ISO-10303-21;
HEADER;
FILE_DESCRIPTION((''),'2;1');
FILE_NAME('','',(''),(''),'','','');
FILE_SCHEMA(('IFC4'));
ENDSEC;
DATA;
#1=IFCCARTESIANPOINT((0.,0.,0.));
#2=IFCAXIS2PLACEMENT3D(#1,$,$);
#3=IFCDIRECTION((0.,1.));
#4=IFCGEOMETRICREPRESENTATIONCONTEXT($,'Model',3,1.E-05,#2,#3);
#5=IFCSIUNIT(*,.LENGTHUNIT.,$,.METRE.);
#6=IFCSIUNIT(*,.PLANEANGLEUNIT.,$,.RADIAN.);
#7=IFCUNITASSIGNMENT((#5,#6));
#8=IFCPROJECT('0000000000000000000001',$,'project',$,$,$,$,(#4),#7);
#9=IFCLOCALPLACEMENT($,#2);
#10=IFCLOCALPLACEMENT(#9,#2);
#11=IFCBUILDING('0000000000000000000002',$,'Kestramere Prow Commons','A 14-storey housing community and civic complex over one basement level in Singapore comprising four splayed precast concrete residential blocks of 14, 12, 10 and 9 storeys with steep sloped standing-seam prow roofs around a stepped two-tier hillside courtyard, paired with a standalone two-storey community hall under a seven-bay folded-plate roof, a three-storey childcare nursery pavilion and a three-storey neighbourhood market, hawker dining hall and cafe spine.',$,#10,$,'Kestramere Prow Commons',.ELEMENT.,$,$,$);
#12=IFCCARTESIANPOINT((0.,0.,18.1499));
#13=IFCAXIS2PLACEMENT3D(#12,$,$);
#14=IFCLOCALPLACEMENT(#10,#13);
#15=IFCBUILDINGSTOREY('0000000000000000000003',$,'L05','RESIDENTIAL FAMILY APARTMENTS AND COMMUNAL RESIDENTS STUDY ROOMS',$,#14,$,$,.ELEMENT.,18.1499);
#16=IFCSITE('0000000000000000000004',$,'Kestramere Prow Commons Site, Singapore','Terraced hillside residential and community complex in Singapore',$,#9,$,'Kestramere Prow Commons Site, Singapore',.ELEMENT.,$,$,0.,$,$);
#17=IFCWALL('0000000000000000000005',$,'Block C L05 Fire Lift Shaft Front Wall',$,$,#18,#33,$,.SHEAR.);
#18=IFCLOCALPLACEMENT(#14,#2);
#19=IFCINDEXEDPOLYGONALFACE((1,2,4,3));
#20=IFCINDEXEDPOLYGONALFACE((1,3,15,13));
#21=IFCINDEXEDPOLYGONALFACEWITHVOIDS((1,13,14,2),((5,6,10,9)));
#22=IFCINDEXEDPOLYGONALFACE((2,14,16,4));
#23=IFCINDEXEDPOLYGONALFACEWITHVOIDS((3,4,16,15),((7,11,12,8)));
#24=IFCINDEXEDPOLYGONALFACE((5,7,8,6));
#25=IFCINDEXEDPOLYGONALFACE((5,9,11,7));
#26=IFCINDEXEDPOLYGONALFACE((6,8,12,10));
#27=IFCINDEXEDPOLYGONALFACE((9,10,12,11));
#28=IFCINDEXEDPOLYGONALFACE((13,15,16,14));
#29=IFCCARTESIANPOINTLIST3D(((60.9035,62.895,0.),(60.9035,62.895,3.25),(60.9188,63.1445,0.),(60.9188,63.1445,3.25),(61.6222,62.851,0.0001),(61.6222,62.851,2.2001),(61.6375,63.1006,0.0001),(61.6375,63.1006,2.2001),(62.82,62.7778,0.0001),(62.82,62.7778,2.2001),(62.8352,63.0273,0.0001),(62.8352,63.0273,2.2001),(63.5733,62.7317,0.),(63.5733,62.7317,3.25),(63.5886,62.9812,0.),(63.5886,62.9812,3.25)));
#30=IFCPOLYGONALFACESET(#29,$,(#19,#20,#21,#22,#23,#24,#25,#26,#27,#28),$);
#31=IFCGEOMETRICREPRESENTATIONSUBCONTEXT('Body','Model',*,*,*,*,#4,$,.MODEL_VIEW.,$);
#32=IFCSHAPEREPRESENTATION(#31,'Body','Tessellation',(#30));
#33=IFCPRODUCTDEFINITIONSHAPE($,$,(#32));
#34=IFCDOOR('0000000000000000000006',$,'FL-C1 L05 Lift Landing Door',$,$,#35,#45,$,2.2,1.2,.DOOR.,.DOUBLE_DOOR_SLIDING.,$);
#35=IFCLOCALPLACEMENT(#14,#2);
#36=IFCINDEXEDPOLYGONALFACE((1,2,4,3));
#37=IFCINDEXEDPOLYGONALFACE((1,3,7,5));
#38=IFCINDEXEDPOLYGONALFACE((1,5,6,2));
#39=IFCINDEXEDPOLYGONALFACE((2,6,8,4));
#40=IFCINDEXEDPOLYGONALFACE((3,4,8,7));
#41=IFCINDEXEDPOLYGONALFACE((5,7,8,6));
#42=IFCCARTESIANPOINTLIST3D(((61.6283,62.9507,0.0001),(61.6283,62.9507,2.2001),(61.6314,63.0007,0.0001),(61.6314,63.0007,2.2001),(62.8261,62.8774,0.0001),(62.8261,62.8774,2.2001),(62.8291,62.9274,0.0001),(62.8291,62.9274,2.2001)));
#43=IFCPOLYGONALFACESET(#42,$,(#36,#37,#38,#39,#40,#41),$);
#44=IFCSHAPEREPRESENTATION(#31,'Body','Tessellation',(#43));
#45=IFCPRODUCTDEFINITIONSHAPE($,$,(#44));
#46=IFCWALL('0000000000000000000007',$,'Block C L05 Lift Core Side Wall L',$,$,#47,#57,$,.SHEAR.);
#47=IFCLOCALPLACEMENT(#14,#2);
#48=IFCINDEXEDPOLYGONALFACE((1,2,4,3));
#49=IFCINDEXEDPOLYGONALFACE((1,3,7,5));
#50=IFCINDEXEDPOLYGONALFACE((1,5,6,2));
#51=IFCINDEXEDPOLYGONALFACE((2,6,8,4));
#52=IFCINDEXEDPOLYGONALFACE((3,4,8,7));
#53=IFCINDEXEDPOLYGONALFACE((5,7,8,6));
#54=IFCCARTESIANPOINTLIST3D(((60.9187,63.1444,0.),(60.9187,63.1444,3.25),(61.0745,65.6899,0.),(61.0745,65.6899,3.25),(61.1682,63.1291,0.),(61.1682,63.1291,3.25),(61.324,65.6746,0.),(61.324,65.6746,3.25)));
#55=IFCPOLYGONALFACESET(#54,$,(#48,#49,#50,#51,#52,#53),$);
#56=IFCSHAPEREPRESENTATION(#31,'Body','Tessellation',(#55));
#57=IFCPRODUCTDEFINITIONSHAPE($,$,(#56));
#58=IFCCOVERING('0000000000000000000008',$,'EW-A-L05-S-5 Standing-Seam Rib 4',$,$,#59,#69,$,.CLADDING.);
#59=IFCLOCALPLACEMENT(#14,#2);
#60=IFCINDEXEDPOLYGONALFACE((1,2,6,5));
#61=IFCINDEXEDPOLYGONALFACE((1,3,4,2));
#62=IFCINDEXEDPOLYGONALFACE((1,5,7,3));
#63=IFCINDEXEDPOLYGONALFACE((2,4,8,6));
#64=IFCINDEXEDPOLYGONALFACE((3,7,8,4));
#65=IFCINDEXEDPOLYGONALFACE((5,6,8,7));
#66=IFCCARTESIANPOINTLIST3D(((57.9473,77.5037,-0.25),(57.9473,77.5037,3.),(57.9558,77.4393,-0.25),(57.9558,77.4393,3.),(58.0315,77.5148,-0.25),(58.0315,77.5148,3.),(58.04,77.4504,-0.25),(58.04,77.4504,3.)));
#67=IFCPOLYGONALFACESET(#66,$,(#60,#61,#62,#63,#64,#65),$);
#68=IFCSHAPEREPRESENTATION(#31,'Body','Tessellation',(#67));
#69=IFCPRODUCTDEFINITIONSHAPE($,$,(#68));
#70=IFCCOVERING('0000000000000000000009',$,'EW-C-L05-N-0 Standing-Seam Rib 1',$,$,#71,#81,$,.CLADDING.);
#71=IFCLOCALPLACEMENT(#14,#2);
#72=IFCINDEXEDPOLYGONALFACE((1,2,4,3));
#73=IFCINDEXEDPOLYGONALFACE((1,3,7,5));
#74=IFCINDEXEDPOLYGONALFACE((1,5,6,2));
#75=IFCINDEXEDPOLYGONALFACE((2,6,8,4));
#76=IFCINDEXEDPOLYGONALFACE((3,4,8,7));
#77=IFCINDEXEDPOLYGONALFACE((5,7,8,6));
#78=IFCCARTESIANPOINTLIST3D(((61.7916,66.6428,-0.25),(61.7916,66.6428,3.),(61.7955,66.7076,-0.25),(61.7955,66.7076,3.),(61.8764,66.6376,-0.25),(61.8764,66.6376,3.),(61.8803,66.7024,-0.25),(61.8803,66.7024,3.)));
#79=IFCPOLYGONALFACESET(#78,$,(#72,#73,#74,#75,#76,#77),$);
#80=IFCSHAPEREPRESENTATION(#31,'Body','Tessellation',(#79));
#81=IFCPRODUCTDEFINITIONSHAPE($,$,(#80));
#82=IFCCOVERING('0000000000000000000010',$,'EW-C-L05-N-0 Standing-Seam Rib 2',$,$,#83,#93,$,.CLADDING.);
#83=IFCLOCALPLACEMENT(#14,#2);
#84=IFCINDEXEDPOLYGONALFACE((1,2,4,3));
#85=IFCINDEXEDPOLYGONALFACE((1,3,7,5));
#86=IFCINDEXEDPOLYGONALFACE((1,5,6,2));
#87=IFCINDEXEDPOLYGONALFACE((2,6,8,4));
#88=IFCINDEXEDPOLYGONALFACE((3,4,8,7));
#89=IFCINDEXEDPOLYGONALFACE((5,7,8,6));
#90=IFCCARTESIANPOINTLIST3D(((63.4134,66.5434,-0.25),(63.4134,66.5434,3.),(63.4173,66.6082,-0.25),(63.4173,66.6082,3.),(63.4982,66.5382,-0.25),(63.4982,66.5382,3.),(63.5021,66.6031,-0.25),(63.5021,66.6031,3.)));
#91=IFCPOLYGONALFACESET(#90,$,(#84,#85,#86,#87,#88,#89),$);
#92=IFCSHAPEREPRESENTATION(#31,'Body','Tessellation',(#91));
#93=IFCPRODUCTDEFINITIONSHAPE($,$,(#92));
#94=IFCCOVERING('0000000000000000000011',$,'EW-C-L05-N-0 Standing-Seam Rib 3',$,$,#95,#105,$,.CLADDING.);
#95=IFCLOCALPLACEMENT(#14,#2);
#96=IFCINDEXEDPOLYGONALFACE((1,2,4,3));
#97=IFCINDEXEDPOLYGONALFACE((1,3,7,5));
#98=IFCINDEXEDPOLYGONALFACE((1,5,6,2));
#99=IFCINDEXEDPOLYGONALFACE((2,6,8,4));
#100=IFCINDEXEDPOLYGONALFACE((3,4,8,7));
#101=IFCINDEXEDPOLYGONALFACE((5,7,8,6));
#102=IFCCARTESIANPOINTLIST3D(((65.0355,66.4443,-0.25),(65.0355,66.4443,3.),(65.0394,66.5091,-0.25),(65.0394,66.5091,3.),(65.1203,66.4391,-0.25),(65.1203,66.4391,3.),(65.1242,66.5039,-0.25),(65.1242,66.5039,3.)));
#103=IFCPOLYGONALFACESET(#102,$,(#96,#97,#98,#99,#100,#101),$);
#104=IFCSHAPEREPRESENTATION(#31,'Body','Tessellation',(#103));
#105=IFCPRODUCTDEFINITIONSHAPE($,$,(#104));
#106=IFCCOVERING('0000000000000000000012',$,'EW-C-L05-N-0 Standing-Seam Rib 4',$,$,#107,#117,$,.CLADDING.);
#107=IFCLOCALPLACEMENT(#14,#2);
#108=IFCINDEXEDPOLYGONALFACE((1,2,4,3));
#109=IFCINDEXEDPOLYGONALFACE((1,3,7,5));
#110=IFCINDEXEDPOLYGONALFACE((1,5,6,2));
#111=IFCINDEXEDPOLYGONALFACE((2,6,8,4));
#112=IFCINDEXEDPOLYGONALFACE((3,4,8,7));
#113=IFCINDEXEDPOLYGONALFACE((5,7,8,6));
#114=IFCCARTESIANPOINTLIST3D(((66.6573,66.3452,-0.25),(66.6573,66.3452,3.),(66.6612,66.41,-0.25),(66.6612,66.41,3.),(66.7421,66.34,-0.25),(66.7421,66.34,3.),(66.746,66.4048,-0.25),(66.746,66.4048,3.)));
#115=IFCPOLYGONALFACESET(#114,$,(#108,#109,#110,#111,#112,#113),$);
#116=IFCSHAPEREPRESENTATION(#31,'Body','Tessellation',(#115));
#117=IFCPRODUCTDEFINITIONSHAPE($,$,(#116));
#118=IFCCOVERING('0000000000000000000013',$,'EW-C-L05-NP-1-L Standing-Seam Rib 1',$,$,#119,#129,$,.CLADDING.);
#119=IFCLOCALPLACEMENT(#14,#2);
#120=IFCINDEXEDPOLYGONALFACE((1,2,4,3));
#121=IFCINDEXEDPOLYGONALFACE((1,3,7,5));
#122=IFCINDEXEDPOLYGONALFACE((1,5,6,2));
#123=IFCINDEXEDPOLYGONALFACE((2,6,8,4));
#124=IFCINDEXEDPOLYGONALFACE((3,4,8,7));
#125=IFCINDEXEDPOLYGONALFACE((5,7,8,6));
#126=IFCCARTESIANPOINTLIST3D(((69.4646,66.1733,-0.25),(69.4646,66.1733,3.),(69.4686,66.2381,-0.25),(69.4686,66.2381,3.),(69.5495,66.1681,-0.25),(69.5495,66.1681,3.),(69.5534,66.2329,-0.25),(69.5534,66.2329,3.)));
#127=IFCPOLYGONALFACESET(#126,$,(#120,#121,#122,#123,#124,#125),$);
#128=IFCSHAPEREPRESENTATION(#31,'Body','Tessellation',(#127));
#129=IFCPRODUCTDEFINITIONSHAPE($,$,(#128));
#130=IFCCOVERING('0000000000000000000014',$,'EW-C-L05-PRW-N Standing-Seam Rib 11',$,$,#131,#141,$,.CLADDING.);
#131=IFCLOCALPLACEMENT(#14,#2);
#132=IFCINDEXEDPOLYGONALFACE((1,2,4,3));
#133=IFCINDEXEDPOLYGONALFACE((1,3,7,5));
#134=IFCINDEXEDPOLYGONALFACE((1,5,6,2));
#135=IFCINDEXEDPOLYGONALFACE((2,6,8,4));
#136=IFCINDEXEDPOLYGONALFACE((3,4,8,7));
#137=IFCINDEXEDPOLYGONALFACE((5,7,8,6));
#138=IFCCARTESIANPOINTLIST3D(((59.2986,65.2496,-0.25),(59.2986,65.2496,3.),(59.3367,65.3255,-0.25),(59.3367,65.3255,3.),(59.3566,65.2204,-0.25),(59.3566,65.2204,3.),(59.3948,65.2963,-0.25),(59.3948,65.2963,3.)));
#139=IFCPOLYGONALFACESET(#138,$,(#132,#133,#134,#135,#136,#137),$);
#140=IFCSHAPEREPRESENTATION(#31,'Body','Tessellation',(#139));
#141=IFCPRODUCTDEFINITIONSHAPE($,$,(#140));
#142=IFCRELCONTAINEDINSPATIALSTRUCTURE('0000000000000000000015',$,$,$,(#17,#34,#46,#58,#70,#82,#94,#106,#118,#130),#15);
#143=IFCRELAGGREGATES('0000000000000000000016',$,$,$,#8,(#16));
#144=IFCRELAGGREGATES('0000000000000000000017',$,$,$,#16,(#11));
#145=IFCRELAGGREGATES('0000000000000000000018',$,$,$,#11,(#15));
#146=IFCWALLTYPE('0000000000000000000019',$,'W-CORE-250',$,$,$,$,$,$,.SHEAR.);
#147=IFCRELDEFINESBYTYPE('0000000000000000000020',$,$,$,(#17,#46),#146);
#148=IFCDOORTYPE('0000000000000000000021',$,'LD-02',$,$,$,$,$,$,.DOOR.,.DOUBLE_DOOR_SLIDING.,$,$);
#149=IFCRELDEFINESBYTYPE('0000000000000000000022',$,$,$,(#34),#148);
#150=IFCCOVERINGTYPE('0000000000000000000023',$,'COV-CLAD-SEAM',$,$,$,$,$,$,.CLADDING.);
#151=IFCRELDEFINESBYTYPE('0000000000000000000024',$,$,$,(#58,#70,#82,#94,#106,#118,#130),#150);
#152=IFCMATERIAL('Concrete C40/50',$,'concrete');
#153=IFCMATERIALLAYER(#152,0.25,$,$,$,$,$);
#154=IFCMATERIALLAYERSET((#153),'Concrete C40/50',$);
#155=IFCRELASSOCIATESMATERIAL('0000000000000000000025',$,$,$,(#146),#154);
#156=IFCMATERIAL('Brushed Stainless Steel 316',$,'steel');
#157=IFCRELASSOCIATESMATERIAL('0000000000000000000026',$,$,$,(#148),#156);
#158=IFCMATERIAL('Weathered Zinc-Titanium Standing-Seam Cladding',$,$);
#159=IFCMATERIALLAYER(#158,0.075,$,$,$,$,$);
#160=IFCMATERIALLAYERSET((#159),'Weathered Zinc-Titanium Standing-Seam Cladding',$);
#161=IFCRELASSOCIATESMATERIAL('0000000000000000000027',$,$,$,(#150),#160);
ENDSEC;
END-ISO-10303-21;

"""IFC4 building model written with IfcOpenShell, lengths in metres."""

from ifc_helpers import new_model, si_unit, direction, frame, frame_2d, origin, origin_2d, place, context, subcontext, project, spatial, rectangle, extrude, material, layer, layer_set, type_object, element, fill, save


model = new_model("IFC4")

# Units and contexts
model_context = context("Model", 3, precision=1e-05, world=origin(), true_north=direction((0.0, 1.0)))
body_context = subcontext(model_context, "Body", "Model", "MODEL_VIEW")
ifc_project = project(units=[si_unit("LENGTHUNIT", "METRE"), si_unit("PLANEANGLEUNIT", "RADIAN")], contexts=[model_context])

# Site, building, storey
site_placement = place(None, origin())
site = spatial("IfcSite", under=ifc_project, at=site_placement, Name="Kestramere Prow Commons Site, Singapore", Description="Terraced hillside residential and community complex in Singapore", LongName="Kestramere Prow Commons Site, Singapore", CompositionType="ELEMENT", RefElevation=0.0)
building_placement = place(site_placement, origin())
building = spatial("IfcBuilding", under=site, at=building_placement, Name="Kestramere Prow Commons", Description="A 14-storey housing community and civic complex over one basement level in Singapore comprising four splayed precast concrete residential blocks of 14, 12, 10 and 9 storeys with steep sloped standing-seam prow roofs around a stepped two-tier hillside courtyard, paired with a standalone two-storey community hall under a seven-bay folded-plate roof, a three-storey childcare nursery pavilion and a three-storey neighbourhood market, hawker dining hall and cafe spine.", LongName="Kestramere Prow Commons", CompositionType="ELEMENT")
storey_placement = place(building_placement, frame((0.0, 0.0, 18.1499)))
storey = spatial("IfcBuildingStorey", under=building, at=storey_placement, Name="L05", Description="RESIDENTIAL FAMILY APARTMENTS AND COMMUNAL RESIDENTS STUDY ROOMS", CompositionType="ELEMENT", Elevation=18.1499)

# Shared definitions
ifc_material_1 = material(Name="Concrete C40/50", Category="concrete")
ifc_layer_1 = layer(ifc_material_1, 0.25)
ifc_layer_set_1 = layer_set([ifc_layer_1], Name="Concrete C40/50")
wall_type_1 = type_object("IfcWallType", Name="W-CORE-250", PredefinedType="SHEAR", material=ifc_layer_set_1)

# Wall, opening, door
wall_1_placement = place(storey_placement, frame((60.9111, 63.0198, 0.0), z_axis=(0.0, 0.0, 1.0), x_axis=(0.998134, -0.06106, 0.0)))
wall_1 = element("IfcWall", 1, at=wall_1_placement, inside=storey, type_object=wall_type_1, Name="Block C L05 Fire Lift Shaft Front Wall", PredefinedType="SHEAR", context=body_context, shape_type="SweptSolid", body=[
    extrude(rectangle(XDim=2.6748, YDim=0.25, at=frame_2d((1.3374, 0.0))), origin(), (0.0, 0.0, 1.0), 3.25),
])
opening_1_placement = place(wall_1_placement, frame((0.72, 0.0, 0.0)))
opening_1 = element("IfcOpeningElement", 2, at=opening_1_placement, cuts=wall_1, PredefinedType="OPENING", context=body_context, shape_type="SweptSolid", body=[
    extrude(rectangle(XDim=1.2, YDim=2.2, at=frame_2d((0.6001, 1.1001))), frame((0.0, 0.1399, 0.0), z_axis=(0.0, -1.0, 0.0), x_axis=(1.0, 0.0, 0.0)), (0.0, 0.0, 1.0), 0.28),
])
ifc_material_2 = material(Name="Brushed Stainless Steel 316", Category="steel")
door_type = type_object("IfcDoorType", Name="LD-02", OperationType="DOUBLE_DOOR_SLIDING", PredefinedType="DOOR", material=ifc_material_2)
door_placement = place(opening_1_placement, origin())
door = element("IfcDoor", 3, at=door_placement, inside=storey, type_object=door_type, Name="FL-C1 L05 Lift Landing Door", OperationType="DOUBLE_DOOR_SLIDING", OverallHeight=2.2, OverallWidth=1.2, PredefinedType="DOOR", context=body_context, shape_type="SweptSolid", body=[
    extrude(rectangle(XDim=1.2, YDim=2.2, at=frame_2d((0.6001, 1.1001))), frame((0.0, 0.0249, 0.0), z_axis=(0.0, -1.0, 0.0), x_axis=(1.0, 0.0, 0.0)), (0.0, 0.0, 1.0), 0.05),
])
fill(opening_1, door)

# Wall
wall_2_placement = place(storey_placement, frame((61.0435, 63.1367, 0.0), z_axis=(0.0, 0.0, 1.0), x_axis=(0.061079, 0.998133, 0.0)))
element("IfcWall", 4, at=wall_2_placement, inside=storey, type_object=wall_type_1, Name="Block C L05 Lift Core Side Wall L", PredefinedType="SHEAR", context=body_context, shape_type="SweptSolid", body=[
    extrude(rectangle(XDim=2.5503, YDim=0.25, at=frame_2d((1.2751, 0.0))), origin(), (0.0, 0.0, 1.0), 3.25),
])

# Coverings
ifc_material_3 = material(Name="Weathered Zinc-Titanium Standing-Seam Cladding")
ifc_layer_2 = layer(ifc_material_3, 0.075)
ifc_layer_set_2 = layer_set([ifc_layer_2], Name="Weathered Zinc-Titanium Standing-Seam Cladding")
covering_type = type_object("IfcCoveringType", Name="COV-CLAD-SEAM", PredefinedType="CLADDING", material=ifc_layer_set_2)
for number, where, z_axis, x_axis, name in (
    (5, (57.9937, 77.4771, -0.25), (0.0, 0.0, 1.0), (-0.991445, -0.130526, 0.0), "EW-A-L05-S-5 Standing-Seam Rib 4"),
    (6, (61.8359, 66.6726, -0.25), (0.0, 0.0, 1.0), (0.998135, -0.061049, 0.0), "EW-C-L05-N-0 Standing-Seam Rib 1"),
    (7, (63.4578, 66.5732, -0.25), (0.0, 0.0, 1.0), (0.998135, -0.061049, 0.0), "EW-C-L05-N-0 Standing-Seam Rib 2"),
    (8, (65.0798, 66.4741, -0.25), (0.0, 0.0, 1.0), (0.998135, -0.061049, 0.0), "EW-C-L05-N-0 Standing-Seam Rib 3"),
    (9, (66.7017, 66.375, -0.25), (0.0, 0.0, 1.0), (0.998135, -0.061049, 0.0), "EW-C-L05-N-0 Standing-Seam Rib 4"),
    (10, (69.509, 66.2031, -0.25), (0.0, 0.0, 1.0), (0.998135, -0.061049, 0.0), "EW-C-L05-NP-1-L Standing-Seam Rib 1"),
    (11, (59.3467, 65.2729, -0.25), (0.0, 0.0, 1.0), (0.44862, 0.893722, 0.0), "EW-C-L05-PRW-N Standing-Seam Rib 11"),
):
    element("IfcCovering", number, at=place(storey_placement, frame(where, z_axis=z_axis, x_axis=x_axis)), inside=storey, type_object=covering_type, Name=name, PredefinedType="CLADDING", context=body_context, shape_type="SweptSolid", body=[
        extrude(rectangle(XDim=0.085, YDim=0.0649, at=origin_2d()), origin(), (0.0, 0.0, 1.0), 3.25),
    ])

save(model, "model.ifc")
